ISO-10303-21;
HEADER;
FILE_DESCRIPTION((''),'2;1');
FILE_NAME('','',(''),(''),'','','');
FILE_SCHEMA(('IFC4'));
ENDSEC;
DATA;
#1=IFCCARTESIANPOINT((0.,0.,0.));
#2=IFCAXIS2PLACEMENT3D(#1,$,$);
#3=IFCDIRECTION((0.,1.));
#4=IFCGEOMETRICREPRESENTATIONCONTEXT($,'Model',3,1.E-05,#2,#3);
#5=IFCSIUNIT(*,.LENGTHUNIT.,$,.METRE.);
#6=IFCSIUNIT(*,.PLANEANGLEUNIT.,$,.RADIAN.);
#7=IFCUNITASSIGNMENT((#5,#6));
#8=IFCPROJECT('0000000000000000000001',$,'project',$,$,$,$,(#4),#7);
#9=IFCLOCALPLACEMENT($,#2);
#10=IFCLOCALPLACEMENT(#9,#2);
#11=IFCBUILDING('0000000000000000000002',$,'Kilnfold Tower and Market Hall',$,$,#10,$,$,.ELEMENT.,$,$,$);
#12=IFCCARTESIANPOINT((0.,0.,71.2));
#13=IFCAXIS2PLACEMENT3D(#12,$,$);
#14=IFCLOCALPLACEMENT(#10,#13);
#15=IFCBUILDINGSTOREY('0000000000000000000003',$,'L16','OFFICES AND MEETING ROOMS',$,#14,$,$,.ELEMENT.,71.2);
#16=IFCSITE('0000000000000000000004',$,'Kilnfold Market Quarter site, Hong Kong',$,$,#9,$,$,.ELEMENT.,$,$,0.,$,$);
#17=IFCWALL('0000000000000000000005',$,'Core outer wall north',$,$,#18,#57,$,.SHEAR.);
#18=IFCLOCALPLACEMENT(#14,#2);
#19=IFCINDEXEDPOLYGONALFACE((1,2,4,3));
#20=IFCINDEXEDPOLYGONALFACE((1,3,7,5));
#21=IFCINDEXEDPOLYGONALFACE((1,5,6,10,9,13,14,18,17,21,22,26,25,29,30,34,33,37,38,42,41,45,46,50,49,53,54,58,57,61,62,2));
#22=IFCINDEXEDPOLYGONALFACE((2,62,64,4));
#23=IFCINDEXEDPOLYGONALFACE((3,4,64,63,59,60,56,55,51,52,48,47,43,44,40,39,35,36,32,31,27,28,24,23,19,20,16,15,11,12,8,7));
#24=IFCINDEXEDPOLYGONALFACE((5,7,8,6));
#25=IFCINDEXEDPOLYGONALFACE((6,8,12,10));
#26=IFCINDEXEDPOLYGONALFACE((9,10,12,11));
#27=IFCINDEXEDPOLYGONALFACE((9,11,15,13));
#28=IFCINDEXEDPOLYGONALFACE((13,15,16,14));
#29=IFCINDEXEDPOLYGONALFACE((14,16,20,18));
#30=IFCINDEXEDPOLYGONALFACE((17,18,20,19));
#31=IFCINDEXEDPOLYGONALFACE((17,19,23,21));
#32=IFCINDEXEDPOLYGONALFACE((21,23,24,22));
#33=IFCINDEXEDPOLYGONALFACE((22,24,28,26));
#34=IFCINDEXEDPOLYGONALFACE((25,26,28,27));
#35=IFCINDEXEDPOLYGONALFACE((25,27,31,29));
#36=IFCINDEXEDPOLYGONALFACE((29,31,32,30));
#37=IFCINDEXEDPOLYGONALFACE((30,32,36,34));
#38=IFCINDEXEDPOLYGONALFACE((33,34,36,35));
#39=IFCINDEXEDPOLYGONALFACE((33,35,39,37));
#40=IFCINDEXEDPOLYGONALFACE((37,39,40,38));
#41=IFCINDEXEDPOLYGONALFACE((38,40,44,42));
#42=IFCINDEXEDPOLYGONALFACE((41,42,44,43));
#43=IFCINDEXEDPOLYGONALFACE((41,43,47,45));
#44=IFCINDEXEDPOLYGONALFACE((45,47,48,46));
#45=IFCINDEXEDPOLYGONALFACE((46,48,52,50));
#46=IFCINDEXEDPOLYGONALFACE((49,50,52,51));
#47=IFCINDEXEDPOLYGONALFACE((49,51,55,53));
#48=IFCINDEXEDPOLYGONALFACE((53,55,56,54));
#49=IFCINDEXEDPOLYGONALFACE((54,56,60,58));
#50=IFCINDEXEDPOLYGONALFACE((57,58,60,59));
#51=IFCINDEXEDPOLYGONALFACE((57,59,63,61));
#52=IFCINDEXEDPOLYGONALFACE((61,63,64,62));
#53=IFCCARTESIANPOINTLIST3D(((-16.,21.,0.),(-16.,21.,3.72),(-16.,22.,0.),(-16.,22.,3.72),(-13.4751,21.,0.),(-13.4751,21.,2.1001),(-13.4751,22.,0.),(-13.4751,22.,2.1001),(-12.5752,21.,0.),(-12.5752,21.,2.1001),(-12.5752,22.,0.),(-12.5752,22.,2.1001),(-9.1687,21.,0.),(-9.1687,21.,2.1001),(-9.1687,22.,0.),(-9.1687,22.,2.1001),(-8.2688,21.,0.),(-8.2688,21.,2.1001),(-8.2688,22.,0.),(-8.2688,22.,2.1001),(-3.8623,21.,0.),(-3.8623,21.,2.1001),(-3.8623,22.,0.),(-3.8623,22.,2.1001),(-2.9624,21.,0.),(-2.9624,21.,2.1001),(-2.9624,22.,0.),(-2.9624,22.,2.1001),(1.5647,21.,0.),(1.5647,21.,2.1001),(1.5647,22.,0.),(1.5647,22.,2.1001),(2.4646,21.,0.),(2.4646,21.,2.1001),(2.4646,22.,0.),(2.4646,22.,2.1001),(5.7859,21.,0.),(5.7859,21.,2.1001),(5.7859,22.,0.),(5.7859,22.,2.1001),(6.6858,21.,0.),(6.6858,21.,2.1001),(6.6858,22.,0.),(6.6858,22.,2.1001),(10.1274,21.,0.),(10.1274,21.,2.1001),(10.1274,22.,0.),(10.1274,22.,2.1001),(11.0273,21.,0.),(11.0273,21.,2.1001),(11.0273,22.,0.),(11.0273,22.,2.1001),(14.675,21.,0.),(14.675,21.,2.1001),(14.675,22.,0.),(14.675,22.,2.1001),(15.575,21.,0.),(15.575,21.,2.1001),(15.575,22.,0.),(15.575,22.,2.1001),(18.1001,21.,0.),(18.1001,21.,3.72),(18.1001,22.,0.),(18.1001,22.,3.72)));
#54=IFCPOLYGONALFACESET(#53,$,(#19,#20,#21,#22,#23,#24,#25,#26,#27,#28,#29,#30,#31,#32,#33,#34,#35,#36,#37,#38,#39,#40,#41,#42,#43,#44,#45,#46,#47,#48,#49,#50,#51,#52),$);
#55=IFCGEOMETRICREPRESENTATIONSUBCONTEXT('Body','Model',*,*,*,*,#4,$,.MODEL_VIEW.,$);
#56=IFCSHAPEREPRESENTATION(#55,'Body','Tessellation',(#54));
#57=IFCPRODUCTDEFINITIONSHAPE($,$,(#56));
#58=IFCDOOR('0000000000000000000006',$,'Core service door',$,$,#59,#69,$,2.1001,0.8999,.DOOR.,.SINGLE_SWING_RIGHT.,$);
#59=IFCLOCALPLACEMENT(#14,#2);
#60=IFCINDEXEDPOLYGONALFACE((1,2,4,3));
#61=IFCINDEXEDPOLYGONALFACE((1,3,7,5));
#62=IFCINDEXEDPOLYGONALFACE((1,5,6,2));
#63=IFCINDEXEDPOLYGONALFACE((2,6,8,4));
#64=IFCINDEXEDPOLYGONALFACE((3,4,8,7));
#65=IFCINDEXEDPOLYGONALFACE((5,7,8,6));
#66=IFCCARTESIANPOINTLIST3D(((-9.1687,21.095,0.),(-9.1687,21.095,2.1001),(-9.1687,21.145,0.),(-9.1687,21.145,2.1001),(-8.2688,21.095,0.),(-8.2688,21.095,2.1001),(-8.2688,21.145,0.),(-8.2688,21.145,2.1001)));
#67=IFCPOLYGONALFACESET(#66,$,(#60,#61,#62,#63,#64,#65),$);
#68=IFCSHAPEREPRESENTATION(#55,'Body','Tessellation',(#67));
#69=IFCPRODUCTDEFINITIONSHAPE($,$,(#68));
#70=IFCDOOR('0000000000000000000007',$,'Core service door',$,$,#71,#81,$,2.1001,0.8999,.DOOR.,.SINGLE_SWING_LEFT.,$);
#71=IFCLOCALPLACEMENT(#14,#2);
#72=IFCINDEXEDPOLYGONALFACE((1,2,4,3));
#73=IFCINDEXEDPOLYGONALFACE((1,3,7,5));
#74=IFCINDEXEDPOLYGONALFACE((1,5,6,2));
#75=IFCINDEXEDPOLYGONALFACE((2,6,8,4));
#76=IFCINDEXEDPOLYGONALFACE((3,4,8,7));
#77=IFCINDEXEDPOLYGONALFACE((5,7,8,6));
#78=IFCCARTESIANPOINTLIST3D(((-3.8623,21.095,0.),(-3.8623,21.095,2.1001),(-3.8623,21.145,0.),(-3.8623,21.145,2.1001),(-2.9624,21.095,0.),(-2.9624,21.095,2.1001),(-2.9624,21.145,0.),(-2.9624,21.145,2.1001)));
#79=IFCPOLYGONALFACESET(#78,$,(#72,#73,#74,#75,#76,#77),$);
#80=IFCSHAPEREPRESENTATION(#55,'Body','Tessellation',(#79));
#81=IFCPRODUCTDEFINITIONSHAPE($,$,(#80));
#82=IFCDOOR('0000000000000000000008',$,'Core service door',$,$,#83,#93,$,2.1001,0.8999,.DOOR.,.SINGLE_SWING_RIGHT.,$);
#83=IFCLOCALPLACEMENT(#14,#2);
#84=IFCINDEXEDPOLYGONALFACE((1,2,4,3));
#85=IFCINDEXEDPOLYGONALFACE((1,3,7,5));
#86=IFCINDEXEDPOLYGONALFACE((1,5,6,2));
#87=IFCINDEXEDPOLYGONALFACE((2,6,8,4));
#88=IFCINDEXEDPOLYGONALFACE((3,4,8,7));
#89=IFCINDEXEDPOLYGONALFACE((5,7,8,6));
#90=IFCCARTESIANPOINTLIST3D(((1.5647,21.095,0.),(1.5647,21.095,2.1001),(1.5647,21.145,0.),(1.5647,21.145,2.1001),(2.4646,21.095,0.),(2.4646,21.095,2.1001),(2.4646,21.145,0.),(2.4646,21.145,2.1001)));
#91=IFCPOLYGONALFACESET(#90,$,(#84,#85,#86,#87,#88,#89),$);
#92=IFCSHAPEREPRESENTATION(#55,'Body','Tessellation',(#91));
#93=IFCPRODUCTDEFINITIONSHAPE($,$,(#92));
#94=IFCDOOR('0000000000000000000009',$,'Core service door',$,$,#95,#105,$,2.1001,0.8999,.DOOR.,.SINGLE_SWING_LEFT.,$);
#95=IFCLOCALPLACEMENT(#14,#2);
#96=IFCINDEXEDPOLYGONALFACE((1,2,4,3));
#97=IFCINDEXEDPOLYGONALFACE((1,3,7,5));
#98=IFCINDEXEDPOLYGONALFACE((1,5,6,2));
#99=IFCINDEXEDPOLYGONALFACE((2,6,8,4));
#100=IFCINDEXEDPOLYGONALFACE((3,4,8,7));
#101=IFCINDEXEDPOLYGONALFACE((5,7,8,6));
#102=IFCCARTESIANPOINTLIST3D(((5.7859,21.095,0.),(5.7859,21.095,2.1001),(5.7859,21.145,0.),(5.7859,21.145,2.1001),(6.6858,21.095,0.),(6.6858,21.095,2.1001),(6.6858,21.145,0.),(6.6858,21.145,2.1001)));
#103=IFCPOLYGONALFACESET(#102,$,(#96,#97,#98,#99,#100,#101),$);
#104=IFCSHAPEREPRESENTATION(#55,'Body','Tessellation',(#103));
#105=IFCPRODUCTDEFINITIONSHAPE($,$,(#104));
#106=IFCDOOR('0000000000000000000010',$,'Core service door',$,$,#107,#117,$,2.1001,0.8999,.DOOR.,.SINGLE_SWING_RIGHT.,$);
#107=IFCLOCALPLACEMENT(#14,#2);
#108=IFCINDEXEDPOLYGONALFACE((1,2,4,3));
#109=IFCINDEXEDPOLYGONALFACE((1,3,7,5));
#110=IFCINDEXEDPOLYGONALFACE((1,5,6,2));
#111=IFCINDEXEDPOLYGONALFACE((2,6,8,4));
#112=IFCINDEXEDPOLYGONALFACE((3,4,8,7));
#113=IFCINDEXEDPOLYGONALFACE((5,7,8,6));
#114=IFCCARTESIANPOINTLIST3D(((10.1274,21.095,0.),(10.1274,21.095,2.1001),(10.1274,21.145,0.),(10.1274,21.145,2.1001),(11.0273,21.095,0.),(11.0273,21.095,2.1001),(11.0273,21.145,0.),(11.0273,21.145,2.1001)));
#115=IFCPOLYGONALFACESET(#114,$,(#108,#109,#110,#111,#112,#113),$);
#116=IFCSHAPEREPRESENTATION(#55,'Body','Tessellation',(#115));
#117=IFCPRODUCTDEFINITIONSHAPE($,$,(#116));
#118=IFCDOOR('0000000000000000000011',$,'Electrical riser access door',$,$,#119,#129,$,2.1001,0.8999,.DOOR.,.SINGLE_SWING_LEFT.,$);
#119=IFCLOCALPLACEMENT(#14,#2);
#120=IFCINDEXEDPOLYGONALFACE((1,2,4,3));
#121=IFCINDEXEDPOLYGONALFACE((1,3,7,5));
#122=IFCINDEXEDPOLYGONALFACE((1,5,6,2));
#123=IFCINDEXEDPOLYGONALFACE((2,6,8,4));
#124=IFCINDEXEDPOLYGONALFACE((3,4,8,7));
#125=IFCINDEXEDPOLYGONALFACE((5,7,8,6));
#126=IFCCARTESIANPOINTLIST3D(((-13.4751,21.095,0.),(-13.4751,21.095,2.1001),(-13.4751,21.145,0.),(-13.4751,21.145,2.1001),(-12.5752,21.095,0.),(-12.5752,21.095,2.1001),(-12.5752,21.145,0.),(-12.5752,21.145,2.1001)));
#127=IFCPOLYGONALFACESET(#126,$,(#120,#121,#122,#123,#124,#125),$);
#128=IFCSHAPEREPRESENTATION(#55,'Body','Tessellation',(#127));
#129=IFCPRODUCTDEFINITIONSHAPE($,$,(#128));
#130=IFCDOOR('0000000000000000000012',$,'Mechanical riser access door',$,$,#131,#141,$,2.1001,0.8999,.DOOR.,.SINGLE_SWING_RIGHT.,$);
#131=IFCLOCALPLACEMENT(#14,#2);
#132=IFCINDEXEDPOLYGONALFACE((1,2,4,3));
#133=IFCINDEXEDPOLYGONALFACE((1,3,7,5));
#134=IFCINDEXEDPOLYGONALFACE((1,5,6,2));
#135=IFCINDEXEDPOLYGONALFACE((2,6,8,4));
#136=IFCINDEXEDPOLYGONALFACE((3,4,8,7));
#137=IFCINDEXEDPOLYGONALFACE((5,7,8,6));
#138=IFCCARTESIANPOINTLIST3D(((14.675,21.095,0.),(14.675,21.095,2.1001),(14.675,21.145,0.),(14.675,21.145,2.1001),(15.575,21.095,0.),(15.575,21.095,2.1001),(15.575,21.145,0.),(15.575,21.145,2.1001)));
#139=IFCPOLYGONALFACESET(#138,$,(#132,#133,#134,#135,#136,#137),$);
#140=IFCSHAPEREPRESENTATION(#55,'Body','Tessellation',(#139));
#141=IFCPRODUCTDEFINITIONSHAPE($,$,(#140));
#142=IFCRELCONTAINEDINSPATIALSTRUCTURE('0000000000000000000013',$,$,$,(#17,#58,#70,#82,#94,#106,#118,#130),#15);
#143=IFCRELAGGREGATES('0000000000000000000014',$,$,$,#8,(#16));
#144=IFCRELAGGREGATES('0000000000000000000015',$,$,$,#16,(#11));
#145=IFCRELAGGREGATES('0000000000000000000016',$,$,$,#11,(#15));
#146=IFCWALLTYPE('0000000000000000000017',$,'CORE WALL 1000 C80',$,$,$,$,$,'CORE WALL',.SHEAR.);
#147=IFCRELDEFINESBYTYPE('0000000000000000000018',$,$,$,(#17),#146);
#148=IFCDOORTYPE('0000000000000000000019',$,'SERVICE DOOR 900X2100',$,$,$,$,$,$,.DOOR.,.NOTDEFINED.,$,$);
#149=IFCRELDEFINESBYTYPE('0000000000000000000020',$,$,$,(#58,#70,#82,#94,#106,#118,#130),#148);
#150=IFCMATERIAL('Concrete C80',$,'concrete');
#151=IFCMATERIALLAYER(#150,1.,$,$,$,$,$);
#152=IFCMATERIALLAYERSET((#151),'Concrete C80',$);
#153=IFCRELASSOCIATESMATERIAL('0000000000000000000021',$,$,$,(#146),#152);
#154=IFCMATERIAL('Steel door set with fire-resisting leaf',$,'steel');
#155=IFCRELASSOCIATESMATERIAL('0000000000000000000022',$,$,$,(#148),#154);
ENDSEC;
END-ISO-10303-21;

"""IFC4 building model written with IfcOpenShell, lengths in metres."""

from ifc_helpers import new_model, si_unit, direction, frame, frame_2d, origin, place, context, subcontext, project, spatial, rectangle, extrude, source, transform, mapped, material, layer, layer_set, type_object, element, fill, save


model = new_model("IFC4")

# Units and contexts
model_context = context("Model", 3, precision=1e-05, world=origin(), true_north=direction((0.0, 1.0)))
body_context = subcontext(model_context, "Body", "Model", "MODEL_VIEW")
ifc_project = project(units=[si_unit("LENGTHUNIT", "METRE"), si_unit("PLANEANGLEUNIT", "RADIAN")], contexts=[model_context])

# Site, building, storey
site_placement = place(None, origin())
site = spatial("IfcSite", under=ifc_project, at=site_placement, Name="Kilnfold Market Quarter site, Hong Kong", CompositionType="ELEMENT", RefElevation=0.0)
building_placement = place(site_placement, origin())
building = spatial("IfcBuilding", under=site, at=building_placement, Name="Kilnfold Tower and Market Hall", CompositionType="ELEMENT")
storey_placement = place(building_placement, frame((0.0, 0.0, 71.2)))
storey = spatial("IfcBuildingStorey", under=building, at=storey_placement, Name="L16", Description="OFFICES AND MEETING ROOMS", CompositionType="ELEMENT", Elevation=71.2)

# Wall, openings, doors
ifc_material_1 = material(Name="Concrete C80", Category="concrete")
ifc_layer_1 = layer(ifc_material_1, 1.0)
ifc_layer_set_1 = layer_set([ifc_layer_1], Name="Concrete C80")
wall_type_1 = type_object("IfcWallType", Name="CORE WALL 1000 C80", ElementType="CORE WALL", PredefinedType="SHEAR", material=ifc_layer_set_1)
shared_shape_1 = source(origin(), body_context, "Body", "SweptSolid", [
    extrude(rectangle(XDim=34.1001, YDim=1.0, at=frame_2d((17.05, 0.0))), origin(), (0.0, 0.0, 1.0), 3.72),
])
wall_1_placement = place(storey_placement, frame((-16.0, 21.5, 0.0), z_axis=(0.0, 0.0, 1.0), x_axis=(1.0, 0.0, 0.0)))
wall_1 = element("IfcWall", 1, at=wall_1_placement, inside=storey, type_object=wall_type_1, Name="Core outer wall north", PredefinedType="SHEAR", context=body_context, shape_type="MappedRepresentation", body=[
    mapped(shared_shape_1, transform((0.0, 0.0, 0.0))),
])
opening_1_placement = place(wall_1_placement, frame((6.8313, 0.0, 0.0)))
opening_1 = element("IfcOpeningElement", 2, at=opening_1_placement, cuts=wall_1, PredefinedType="OPENING", context=body_context, shape_type="SweptSolid", body=[
    extrude(rectangle(XDim=0.8999, YDim=2.1001, at=frame_2d((0.45, 1.05))), frame((0.0, 0.51, 0.0), z_axis=(0.0, -1.0, 0.0), x_axis=(1.0, 0.0, 0.0)), (0.0, 0.0, 1.0), 1.02),
])
opening_2_placement = place(wall_1_placement, frame((12.1377, 0.0, 0.0)))
opening_2 = element("IfcOpeningElement", 3, at=opening_2_placement, cuts=wall_1, PredefinedType="OPENING", context=body_context, shape_type="SweptSolid", body=[
    extrude(rectangle(XDim=0.8999, YDim=2.1001, at=frame_2d((0.45, 1.05))), frame((0.0, 0.51, 0.0), z_axis=(0.0, -1.0, 0.0), x_axis=(1.0, 0.0, 0.0)), (0.0, 0.0, 1.0), 1.02),
])
opening_3_placement = place(wall_1_placement, frame((17.5647, 0.0, 0.0)))
opening_3 = element("IfcOpeningElement", 4, at=opening_3_placement, cuts=wall_1, PredefinedType="OPENING", context=body_context, shape_type="SweptSolid", body=[
    extrude(rectangle(XDim=0.8999, YDim=2.1001, at=frame_2d((0.45, 1.05))), frame((0.0, 0.51, 0.0), z_axis=(0.0, -1.0, 0.0), x_axis=(1.0, 0.0, 0.0)), (0.0, 0.0, 1.0), 1.02),
])
opening_4_placement = place(wall_1_placement, frame((21.7859, 0.0, 0.0)))
opening_4 = element("IfcOpeningElement", 5, at=opening_4_placement, cuts=wall_1, PredefinedType="OPENING", context=body_context, shape_type="SweptSolid", body=[
    extrude(rectangle(XDim=0.8999, YDim=2.1001, at=frame_2d((0.45, 1.05))), frame((0.0, 0.51, 0.0), z_axis=(0.0, -1.0, 0.0), x_axis=(1.0, 0.0, 0.0)), (0.0, 0.0, 1.0), 1.02),
])
opening_5_placement = place(wall_1_placement, frame((26.1274, 0.0, 0.0)))
opening_5 = element("IfcOpeningElement", 6, at=opening_5_placement, cuts=wall_1, PredefinedType="OPENING", context=body_context, shape_type="SweptSolid", body=[
    extrude(rectangle(XDim=0.8999, YDim=2.1001, at=frame_2d((0.45, 1.05))), frame((0.0, 0.51, 0.0), z_axis=(0.0, -1.0, 0.0), x_axis=(1.0, 0.0, 0.0)), (0.0, 0.0, 1.0), 1.02),
])
opening_6_placement = place(wall_1_placement, frame((2.5249, 0.0, 0.0)))
opening_6 = element("IfcOpeningElement", 7, at=opening_6_placement, cuts=wall_1, PredefinedType="OPENING", context=body_context, shape_type="SweptSolid", body=[
    extrude(rectangle(XDim=0.8999, YDim=2.1001, at=frame_2d((0.45, 1.05))), frame((0.0, 0.51, 0.0), z_axis=(0.0, -1.0, 0.0), x_axis=(1.0, 0.0, 0.0)), (0.0, 0.0, 1.0), 1.02),
])
opening_7_placement = place(wall_1_placement, frame((30.675, 0.0, 0.0)))
opening_7 = element("IfcOpeningElement", 8, at=opening_7_placement, cuts=wall_1, PredefinedType="OPENING", context=body_context, shape_type="SweptSolid", body=[
    extrude(rectangle(XDim=0.8999, YDim=2.1001, at=frame_2d((0.45, 1.05))), frame((0.0, 0.51, 0.0), z_axis=(0.0, -1.0, 0.0), x_axis=(1.0, 0.0, 0.0)), (0.0, 0.0, 1.0), 1.02),
])
ifc_material_2 = material(Name="Steel door set with fire-resisting leaf", Category="steel")
door_type = type_object("IfcDoorType", Name="SERVICE DOOR 900X2100", OperationType="NOTDEFINED", PredefinedType="DOOR", material=ifc_material_2)
door_1_placement = place(opening_1_placement, origin())
door_1 = element("IfcDoor", 9, at=door_1_placement, inside=storey, type_object=door_type, Name="Core service door", OperationType="SINGLE_SWING_RIGHT", OverallHeight=2.1001, OverallWidth=0.8999, PredefinedType="DOOR", context=body_context, shape_type="SweptSolid", body=[
    extrude(rectangle(XDim=0.8999, YDim=2.1001, at=frame_2d((0.45, 1.05))), frame((0.0, -0.355, 0.0), z_axis=(0.0, -1.0, 0.0), x_axis=(1.0, 0.0, 0.0)), (0.0, 0.0, 1.0), 0.05),
])
fill(opening_1, door_1)
door_2_placement = place(opening_2_placement, origin())
door_2 = element("IfcDoor", 10, at=door_2_placement, inside=storey, type_object=door_type, Name="Core service door", OperationType="SINGLE_SWING_LEFT", OverallHeight=2.1001, OverallWidth=0.8999, PredefinedType="DOOR", context=body_context, shape_type="SweptSolid", body=[
    extrude(rectangle(XDim=0.8999, YDim=2.1001, at=frame_2d((0.45, 1.05))), frame((0.0, -0.355, 0.0), z_axis=(0.0, -1.0, 0.0), x_axis=(1.0, 0.0, 0.0)), (0.0, 0.0, 1.0), 0.05),
])
fill(opening_2, door_2)
door_3_placement = place(opening_3_placement, origin())
door_3 = element("IfcDoor", 11, at=door_3_placement, inside=storey, type_object=door_type, Name="Core service door", OperationType="SINGLE_SWING_RIGHT", OverallHeight=2.1001, OverallWidth=0.8999, PredefinedType="DOOR", context=body_context, shape_type="SweptSolid", body=[
    extrude(rectangle(XDim=0.8999, YDim=2.1001, at=frame_2d((0.45, 1.05))), frame((0.0, -0.355, 0.0), z_axis=(0.0, -1.0, 0.0), x_axis=(1.0, 0.0, 0.0)), (0.0, 0.0, 1.0), 0.05),
])
fill(opening_3, door_3)
door_4_placement = place(opening_4_placement, origin())
door_4 = element("IfcDoor", 12, at=door_4_placement, inside=storey, type_object=door_type, Name="Core service door", OperationType="SINGLE_SWING_LEFT", OverallHeight=2.1001, OverallWidth=0.8999, PredefinedType="DOOR", context=body_context, shape_type="SweptSolid", body=[
    extrude(rectangle(XDim=0.8999, YDim=2.1001, at=frame_2d((0.45, 1.05))), frame((0.0, -0.355, 0.0), z_axis=(0.0, -1.0, 0.0), x_axis=(1.0, 0.0, 0.0)), (0.0, 0.0, 1.0), 0.05),
])
fill(opening_4, door_4)
door_5_placement = place(opening_5_placement, origin())
door_5 = element("IfcDoor", 13, at=door_5_placement, inside=storey, type_object=door_type, Name="Core service door", OperationType="SINGLE_SWING_RIGHT", OverallHeight=2.1001, OverallWidth=0.8999, PredefinedType="DOOR", context=body_context, shape_type="SweptSolid", body=[
    extrude(rectangle(XDim=0.8999, YDim=2.1001, at=frame_2d((0.45, 1.05))), frame((0.0, -0.355, 0.0), z_axis=(0.0, -1.0, 0.0), x_axis=(1.0, 0.0, 0.0)), (0.0, 0.0, 1.0), 0.05),
])
fill(opening_5, door_5)
door_6_placement = place(opening_6_placement, origin())
door_6 = element("IfcDoor", 14, at=door_6_placement, inside=storey, type_object=door_type, Name="Electrical riser access door", OperationType="SINGLE_SWING_LEFT", OverallHeight=2.1001, OverallWidth=0.8999, PredefinedType="DOOR", context=body_context, shape_type="SweptSolid", body=[
    extrude(rectangle(XDim=0.8999, YDim=2.1001, at=frame_2d((0.45, 1.05))), frame((0.0, -0.355, 0.0), z_axis=(0.0, -1.0, 0.0), x_axis=(1.0, 0.0, 0.0)), (0.0, 0.0, 1.0), 0.05),
])
fill(opening_6, door_6)
door_7_placement = place(opening_7_placement, origin())
door_7 = element("IfcDoor", 15, at=door_7_placement, inside=storey, type_object=door_type, Name="Mechanical riser access door", OperationType="SINGLE_SWING_RIGHT", OverallHeight=2.1001, OverallWidth=0.8999, PredefinedType="DOOR", context=body_context, shape_type="SweptSolid", body=[
    extrude(rectangle(XDim=0.8999, YDim=2.1001, at=frame_2d((0.45, 1.05))), frame((0.0, -0.355, 0.0), z_axis=(0.0, -1.0, 0.0), x_axis=(1.0, 0.0, 0.0)), (0.0, 0.0, 1.0), 0.05),
])
fill(opening_7, door_7)

save(model, "model.ifc")
